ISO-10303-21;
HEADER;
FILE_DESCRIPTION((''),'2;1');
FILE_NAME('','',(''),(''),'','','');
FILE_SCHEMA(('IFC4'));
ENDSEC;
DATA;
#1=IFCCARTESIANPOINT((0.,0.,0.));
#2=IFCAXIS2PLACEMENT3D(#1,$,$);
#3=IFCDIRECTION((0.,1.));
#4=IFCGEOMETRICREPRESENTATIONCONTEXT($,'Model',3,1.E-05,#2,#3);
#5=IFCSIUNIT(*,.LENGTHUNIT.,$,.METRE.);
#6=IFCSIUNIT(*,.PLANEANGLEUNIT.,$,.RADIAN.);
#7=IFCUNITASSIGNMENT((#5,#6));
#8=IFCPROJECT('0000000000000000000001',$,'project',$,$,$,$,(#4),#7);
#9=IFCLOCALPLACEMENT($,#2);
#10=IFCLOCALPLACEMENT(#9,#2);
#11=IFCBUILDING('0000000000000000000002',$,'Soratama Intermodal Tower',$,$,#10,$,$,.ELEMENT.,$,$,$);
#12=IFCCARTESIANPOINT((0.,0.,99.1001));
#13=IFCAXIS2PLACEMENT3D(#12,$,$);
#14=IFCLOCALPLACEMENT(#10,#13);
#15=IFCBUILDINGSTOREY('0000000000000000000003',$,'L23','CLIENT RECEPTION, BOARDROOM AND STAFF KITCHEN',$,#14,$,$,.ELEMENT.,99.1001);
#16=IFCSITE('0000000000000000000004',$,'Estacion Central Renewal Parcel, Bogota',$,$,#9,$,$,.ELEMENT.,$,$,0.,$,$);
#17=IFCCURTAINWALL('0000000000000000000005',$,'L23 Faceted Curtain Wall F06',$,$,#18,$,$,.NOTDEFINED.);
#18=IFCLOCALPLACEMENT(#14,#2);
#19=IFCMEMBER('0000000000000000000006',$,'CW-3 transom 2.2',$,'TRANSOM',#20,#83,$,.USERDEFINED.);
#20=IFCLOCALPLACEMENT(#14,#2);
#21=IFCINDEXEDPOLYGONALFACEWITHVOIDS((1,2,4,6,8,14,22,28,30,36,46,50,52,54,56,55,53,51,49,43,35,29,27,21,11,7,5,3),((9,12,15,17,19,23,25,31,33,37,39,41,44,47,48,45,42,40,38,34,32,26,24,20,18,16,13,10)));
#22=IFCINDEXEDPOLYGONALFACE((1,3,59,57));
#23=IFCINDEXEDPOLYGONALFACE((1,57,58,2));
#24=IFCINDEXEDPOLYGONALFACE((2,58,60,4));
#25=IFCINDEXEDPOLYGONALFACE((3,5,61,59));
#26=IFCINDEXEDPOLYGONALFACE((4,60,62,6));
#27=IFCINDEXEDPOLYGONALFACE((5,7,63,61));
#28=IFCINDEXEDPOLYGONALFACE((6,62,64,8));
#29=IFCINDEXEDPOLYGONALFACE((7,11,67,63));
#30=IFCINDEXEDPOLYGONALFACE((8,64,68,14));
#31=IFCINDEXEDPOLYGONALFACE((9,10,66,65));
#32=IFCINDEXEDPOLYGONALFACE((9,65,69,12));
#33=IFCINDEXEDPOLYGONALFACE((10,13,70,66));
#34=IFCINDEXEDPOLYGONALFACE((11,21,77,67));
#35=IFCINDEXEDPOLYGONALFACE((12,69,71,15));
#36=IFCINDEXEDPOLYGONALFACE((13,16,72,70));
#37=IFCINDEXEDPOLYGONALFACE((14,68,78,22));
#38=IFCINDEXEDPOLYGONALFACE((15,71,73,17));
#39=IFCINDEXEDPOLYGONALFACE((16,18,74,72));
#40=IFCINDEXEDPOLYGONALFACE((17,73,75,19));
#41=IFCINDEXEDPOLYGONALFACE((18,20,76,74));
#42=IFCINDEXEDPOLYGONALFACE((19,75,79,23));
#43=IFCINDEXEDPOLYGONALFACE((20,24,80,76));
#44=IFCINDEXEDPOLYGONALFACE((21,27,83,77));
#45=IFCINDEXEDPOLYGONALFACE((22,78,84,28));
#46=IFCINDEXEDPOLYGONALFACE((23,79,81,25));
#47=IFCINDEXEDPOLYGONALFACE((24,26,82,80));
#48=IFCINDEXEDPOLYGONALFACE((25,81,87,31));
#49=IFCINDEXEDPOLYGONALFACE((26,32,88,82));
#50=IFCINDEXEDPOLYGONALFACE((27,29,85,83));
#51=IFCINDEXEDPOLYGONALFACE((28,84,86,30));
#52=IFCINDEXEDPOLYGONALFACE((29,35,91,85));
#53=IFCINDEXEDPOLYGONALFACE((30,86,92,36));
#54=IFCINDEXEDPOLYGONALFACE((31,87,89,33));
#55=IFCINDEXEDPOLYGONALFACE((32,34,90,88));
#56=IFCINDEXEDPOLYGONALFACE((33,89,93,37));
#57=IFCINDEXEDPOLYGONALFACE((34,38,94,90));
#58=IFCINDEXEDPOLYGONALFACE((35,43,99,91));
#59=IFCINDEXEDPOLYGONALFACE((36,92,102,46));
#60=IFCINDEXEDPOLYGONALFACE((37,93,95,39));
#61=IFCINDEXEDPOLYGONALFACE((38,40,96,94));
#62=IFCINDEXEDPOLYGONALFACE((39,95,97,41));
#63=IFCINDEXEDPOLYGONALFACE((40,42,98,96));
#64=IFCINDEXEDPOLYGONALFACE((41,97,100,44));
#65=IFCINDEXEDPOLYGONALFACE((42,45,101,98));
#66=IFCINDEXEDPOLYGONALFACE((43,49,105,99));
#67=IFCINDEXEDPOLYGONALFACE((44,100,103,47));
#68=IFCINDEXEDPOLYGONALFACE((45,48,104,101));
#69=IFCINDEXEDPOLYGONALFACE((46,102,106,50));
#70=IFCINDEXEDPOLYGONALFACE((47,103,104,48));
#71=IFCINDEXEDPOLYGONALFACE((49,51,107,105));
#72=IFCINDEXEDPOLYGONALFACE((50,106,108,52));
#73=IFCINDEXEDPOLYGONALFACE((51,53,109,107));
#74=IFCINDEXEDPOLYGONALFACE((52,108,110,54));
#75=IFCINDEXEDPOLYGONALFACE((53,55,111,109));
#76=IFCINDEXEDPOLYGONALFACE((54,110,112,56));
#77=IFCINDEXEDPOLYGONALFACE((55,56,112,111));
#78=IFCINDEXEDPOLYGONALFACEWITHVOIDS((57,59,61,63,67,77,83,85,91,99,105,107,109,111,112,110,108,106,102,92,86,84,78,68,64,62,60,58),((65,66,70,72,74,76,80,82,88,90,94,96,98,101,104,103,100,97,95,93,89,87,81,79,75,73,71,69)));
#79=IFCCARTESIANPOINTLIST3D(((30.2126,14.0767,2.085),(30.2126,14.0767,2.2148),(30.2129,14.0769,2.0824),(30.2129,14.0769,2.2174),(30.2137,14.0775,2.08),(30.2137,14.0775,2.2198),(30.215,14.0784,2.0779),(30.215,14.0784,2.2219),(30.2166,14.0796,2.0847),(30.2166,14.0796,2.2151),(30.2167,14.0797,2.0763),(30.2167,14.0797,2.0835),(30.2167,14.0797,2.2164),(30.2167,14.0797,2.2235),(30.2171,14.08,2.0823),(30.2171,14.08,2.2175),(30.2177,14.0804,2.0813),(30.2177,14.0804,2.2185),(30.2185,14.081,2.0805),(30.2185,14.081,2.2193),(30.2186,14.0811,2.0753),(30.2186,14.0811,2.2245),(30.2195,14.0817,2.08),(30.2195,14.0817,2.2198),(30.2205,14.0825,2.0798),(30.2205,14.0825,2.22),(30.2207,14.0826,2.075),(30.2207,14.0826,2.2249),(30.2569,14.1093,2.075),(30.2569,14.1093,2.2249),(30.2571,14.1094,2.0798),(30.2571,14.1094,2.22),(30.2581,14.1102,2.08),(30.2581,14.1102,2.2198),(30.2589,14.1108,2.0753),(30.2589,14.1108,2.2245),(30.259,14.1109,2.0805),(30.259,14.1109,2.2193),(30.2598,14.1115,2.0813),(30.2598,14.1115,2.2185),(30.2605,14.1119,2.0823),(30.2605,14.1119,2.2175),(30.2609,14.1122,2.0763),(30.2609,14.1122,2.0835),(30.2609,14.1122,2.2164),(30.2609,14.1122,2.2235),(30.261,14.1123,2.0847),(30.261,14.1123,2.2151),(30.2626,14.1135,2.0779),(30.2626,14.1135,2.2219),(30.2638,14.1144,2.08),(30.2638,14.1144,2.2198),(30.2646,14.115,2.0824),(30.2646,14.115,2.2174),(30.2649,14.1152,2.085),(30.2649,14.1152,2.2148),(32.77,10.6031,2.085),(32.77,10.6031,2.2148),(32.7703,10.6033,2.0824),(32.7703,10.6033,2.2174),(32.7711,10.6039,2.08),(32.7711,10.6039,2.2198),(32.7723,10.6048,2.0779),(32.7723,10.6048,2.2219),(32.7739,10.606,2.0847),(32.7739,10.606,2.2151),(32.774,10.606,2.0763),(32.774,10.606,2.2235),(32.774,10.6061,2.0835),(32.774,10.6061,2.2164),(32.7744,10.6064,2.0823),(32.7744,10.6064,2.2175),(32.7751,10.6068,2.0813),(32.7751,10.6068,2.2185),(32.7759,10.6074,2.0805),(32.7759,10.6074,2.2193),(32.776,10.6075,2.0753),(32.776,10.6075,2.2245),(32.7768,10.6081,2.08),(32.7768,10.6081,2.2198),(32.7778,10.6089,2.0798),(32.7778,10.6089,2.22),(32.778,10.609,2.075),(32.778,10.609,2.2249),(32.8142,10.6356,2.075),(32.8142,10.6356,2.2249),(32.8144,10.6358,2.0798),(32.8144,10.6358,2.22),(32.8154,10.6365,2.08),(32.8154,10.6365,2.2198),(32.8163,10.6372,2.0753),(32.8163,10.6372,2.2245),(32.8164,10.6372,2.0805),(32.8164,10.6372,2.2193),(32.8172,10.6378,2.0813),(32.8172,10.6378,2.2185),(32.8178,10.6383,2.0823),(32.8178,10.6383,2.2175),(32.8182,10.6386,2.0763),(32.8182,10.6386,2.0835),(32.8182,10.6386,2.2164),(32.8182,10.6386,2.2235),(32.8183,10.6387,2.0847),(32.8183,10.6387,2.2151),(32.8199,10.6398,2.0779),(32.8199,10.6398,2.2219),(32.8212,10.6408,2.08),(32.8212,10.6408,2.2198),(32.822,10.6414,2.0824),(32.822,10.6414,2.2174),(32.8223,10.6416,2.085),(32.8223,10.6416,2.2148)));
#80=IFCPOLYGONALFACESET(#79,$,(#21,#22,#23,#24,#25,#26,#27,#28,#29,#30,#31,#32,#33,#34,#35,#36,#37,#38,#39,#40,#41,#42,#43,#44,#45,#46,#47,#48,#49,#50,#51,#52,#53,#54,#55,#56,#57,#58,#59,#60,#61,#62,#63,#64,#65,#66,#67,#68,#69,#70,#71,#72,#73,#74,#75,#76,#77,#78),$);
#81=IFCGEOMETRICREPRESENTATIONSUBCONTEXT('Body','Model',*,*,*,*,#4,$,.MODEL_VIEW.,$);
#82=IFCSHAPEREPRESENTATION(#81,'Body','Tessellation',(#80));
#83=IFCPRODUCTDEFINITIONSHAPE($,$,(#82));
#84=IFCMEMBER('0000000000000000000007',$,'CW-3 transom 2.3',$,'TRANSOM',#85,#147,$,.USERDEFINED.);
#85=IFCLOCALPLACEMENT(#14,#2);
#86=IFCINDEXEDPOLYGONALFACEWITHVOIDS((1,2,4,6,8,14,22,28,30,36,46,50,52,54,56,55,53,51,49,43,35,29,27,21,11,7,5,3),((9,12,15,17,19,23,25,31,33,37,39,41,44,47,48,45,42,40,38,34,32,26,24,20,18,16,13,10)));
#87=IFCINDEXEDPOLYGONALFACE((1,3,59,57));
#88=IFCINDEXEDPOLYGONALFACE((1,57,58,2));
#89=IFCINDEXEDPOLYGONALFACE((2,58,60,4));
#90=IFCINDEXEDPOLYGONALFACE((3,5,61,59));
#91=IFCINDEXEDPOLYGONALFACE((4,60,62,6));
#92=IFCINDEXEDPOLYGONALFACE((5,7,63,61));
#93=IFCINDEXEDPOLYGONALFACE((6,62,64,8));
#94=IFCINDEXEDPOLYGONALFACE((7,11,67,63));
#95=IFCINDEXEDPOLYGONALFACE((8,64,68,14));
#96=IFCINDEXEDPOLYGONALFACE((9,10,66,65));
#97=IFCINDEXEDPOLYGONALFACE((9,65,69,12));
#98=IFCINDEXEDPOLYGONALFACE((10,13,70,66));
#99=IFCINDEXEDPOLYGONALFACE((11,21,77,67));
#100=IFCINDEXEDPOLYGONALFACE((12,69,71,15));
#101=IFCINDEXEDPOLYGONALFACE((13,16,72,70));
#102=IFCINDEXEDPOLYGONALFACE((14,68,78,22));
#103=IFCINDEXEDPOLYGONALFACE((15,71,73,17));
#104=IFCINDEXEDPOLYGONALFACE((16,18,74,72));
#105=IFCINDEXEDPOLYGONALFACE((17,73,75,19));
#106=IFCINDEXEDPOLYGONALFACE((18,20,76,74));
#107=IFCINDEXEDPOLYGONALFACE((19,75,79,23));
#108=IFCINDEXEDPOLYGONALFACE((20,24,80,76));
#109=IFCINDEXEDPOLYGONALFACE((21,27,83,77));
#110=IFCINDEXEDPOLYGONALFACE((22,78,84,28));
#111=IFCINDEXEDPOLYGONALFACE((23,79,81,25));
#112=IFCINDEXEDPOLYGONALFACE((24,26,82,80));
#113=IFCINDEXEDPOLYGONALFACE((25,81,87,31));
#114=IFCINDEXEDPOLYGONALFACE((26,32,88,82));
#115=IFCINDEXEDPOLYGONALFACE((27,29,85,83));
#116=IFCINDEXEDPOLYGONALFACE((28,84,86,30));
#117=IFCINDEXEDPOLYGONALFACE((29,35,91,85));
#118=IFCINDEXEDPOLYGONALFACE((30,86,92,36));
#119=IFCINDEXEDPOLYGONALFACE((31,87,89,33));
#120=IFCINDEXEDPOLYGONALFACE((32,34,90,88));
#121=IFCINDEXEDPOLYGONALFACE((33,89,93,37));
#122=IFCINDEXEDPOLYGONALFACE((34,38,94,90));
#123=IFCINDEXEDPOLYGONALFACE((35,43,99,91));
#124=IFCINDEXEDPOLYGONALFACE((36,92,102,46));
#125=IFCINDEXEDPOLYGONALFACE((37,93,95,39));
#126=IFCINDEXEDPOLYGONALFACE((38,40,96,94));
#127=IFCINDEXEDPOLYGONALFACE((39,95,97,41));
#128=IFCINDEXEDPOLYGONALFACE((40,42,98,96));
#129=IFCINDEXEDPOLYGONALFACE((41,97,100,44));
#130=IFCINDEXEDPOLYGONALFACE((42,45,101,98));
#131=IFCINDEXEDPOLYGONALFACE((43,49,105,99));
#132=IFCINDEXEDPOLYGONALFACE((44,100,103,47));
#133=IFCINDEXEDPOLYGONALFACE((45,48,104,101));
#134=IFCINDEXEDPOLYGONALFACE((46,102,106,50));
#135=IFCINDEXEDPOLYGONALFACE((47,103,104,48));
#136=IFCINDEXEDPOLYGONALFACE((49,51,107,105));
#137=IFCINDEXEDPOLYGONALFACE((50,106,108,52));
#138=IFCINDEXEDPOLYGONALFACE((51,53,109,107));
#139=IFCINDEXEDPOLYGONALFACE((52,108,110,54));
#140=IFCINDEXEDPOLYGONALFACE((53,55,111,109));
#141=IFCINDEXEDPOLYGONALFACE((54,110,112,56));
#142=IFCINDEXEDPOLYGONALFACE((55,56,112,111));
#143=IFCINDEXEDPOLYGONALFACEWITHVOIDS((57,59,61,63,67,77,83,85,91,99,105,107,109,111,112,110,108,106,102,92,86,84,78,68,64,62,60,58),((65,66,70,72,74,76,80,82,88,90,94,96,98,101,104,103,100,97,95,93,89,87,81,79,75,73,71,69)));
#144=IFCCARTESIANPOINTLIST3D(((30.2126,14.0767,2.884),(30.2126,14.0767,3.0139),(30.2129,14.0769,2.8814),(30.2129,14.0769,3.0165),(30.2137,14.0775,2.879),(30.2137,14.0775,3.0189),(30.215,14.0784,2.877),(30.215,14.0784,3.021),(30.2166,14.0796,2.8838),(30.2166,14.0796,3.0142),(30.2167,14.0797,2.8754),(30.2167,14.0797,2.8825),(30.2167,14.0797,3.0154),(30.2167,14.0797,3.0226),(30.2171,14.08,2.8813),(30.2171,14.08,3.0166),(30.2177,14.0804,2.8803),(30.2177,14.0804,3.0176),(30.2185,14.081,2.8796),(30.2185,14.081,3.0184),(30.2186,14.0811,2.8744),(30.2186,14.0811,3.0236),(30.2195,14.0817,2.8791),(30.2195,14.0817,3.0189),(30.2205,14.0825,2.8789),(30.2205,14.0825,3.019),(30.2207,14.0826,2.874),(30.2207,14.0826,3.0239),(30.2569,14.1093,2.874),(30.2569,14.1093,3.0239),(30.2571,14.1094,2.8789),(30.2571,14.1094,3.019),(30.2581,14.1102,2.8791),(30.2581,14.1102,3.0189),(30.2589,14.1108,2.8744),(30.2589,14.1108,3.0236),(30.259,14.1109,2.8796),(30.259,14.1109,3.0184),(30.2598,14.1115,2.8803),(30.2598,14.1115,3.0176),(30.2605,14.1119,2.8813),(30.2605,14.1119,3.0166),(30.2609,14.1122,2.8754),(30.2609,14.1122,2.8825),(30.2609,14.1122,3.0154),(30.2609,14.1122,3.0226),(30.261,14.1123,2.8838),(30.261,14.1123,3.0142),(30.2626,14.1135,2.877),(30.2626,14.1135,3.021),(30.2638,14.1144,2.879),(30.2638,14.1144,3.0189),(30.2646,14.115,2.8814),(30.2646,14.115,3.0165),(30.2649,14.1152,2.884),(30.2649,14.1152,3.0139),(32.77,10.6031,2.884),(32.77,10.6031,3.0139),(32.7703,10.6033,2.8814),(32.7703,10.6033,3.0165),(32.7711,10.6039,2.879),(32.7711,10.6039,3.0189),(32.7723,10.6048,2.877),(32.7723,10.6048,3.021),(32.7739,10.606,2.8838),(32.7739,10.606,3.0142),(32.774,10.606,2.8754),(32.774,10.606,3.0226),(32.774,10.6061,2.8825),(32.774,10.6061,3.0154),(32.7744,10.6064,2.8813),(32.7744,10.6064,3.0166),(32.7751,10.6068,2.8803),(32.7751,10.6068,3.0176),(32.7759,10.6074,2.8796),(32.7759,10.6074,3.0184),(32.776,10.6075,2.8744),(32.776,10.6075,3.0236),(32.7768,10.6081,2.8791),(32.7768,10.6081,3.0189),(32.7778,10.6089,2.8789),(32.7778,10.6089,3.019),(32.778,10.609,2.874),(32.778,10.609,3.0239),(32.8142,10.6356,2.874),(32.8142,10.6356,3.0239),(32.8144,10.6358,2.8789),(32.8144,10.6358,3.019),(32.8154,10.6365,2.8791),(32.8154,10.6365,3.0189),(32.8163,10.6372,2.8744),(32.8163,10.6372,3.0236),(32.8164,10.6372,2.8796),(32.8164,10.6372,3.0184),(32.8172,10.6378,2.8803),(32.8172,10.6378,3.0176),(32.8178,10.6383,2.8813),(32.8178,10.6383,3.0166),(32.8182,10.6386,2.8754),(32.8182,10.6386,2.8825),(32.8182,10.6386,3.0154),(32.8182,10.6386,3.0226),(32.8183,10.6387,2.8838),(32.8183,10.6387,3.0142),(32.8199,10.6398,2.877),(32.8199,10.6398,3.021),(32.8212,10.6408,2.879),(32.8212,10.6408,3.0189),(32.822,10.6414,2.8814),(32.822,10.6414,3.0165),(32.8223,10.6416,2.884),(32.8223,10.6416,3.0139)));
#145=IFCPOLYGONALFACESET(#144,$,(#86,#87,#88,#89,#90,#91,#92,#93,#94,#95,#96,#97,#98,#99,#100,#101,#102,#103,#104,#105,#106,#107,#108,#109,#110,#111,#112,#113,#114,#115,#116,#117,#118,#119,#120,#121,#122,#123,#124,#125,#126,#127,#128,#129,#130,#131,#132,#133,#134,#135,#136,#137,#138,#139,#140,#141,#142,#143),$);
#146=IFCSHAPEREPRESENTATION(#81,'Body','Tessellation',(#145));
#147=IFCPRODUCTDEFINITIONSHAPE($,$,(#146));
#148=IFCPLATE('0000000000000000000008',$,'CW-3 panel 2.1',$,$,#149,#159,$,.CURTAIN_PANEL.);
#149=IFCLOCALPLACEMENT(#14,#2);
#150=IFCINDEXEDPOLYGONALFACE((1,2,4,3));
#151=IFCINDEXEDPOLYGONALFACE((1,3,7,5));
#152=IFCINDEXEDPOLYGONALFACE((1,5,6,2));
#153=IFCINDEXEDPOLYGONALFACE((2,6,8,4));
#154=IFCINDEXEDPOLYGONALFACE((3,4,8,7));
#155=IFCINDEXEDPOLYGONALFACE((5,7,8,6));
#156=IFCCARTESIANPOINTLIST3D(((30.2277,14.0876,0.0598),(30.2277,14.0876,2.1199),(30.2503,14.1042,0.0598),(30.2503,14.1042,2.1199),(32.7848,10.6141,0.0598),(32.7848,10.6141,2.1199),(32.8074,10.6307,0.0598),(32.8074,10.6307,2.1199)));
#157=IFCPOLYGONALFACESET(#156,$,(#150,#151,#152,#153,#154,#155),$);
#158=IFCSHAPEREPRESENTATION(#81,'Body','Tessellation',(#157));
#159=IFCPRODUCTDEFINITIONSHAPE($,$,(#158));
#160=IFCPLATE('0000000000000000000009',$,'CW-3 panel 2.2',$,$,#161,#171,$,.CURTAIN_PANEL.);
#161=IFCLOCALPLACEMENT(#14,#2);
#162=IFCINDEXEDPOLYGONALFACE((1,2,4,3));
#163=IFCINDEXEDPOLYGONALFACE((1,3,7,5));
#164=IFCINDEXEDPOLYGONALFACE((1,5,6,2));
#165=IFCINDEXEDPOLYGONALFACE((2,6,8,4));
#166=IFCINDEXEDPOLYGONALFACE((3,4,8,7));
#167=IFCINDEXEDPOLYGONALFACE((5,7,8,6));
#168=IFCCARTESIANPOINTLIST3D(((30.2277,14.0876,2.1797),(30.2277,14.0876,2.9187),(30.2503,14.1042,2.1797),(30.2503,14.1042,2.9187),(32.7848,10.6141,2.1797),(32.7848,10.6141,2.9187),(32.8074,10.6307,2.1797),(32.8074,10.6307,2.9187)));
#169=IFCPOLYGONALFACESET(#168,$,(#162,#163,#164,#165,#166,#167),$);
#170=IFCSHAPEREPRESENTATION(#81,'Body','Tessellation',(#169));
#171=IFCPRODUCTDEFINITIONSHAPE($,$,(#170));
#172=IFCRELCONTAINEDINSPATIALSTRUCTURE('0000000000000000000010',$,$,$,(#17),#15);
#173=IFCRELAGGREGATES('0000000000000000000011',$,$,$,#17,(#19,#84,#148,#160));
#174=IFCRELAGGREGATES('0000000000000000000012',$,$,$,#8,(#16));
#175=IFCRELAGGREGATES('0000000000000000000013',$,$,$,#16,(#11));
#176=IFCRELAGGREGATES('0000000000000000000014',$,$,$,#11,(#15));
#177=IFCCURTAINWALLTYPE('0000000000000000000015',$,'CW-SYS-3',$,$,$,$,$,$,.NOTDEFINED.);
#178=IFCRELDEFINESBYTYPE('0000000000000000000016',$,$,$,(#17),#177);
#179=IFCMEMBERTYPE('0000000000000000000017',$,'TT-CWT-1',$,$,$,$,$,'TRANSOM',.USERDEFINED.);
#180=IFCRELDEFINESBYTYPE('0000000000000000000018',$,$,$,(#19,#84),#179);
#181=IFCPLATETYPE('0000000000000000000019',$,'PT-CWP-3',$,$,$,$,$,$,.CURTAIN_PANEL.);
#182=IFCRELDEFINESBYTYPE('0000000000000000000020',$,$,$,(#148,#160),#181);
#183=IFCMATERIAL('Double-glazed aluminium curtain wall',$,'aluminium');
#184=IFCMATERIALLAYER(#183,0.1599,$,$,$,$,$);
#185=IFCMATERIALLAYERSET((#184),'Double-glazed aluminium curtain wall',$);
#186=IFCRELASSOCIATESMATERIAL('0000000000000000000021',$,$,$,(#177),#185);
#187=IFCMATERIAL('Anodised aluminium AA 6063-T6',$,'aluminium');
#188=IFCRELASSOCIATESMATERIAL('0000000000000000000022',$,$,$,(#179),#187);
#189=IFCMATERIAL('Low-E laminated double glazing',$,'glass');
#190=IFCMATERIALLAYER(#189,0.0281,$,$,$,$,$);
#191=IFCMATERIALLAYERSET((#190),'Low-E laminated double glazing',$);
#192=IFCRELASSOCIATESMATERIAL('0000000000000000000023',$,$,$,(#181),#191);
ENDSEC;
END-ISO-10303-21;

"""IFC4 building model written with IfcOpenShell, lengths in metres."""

from ifc_helpers import new_model, si_unit, direction, frame, origin, origin_2d, place, context, subcontext, project, spatial, rectangle, hollow_rectangle, extrude, material, layer, layer_set, material_profile, profile_set, type_object, element, aggregate, save


model = new_model("IFC4")

# Units and contexts
model_context = context("Model", 3, precision=1e-05, world=origin(), true_north=direction((0.0, 1.0)))
body_context = subcontext(model_context, "Body", "Model", "MODEL_VIEW")
ifc_project = project(units=[si_unit("LENGTHUNIT", "METRE"), si_unit("PLANEANGLEUNIT", "RADIAN")], contexts=[model_context])

# Site, building, storey
site_placement = place(None, origin())
site = spatial("IfcSite", under=ifc_project, at=site_placement, Name="Estacion Central Renewal Parcel, Bogota", CompositionType="ELEMENT", RefElevation=0.0)
building_placement = place(site_placement, origin())
building = spatial("IfcBuilding", under=site, at=building_placement, Name="Soratama Intermodal Tower", CompositionType="ELEMENT")
storey_placement = place(building_placement, frame((0.0, 0.0, 99.1001)))
storey = spatial("IfcBuildingStorey", under=building, at=storey_placement, Name="L23", Description="CLIENT RECEPTION, BOARDROOM AND STAFF KITCHEN", CompositionType="ELEMENT", Elevation=99.1001)

# Curtain wall, members, plates
ifc_material_1 = material(Name="Double-glazed aluminium curtain wall", Category="aluminium")
ifc_layer_1 = layer(ifc_material_1, 0.1599)
ifc_layer_set_1 = layer_set([ifc_layer_1], Name="Double-glazed aluminium curtain wall")
curtain_wall_type = type_object("IfcCurtainWallType", Name="CW-SYS-3", PredefinedType="NOTDEFINED", material=ifc_layer_set_1)
curtain_wall_placement = place(storey_placement, origin())
curtain_wall = element("IfcCurtainWall", 1, at=curtain_wall_placement, inside=storey, type_object=curtain_wall_type, Name="L23 Faceted Curtain Wall F06", PredefinedType="NOTDEFINED")
ifc_material_2 = material(Name="Anodised aluminium AA 6063-T6", Category="aluminium")
ifc_material_profile_1 = material_profile(ifc_material_2, hollow_rectangle(XDim=0.0649, YDim=0.1499, WallThickness=0.0049, InnerFilletRadius=0.0049, OuterFilletRadius=0.01, at=origin_2d()), Name="CWT150X65X5")
ifc_profile_set_1 = profile_set([ifc_material_profile_1], Name="Anodised aluminium AA 6063-T6")
member_type_1 = type_object("IfcMemberType", Name="TT-CWT-1", ElementType="TRANSOM", PredefinedType="USERDEFINED", material=ifc_profile_set_1)
member_1_placement = place(storey_placement, frame((30.2388, 14.0959, 2.1499), z_axis=(0.592877, -0.805293, 0.0), x_axis=(0.805293, 0.592877, 0.0)))
member_1 = element("IfcMember", 2, at=member_1_placement, type_object=member_type_1, Name="CW-3 transom 2.2", ObjectType="TRANSOM", PredefinedType="USERDEFINED", context=body_context, shape_type="SweptSolid", body=[
    extrude(hollow_rectangle(XDim=0.0649, YDim=0.1499, WallThickness=0.0049, InnerFilletRadius=0.0049, OuterFilletRadius=0.01, at=origin_2d()), origin(), (0.0, 0.0, 1.0), 4.3135),
])
member_2_placement = place(storey_placement, frame((30.2388, 14.0959, 2.949), z_axis=(0.592877, -0.805293, 0.0), x_axis=(0.805293, 0.592877, 0.0)))
member_2 = element("IfcMember", 3, at=member_2_placement, type_object=member_type_1, Name="CW-3 transom 2.3", ObjectType="TRANSOM", PredefinedType="USERDEFINED", context=body_context, shape_type="SweptSolid", body=[
    extrude(hollow_rectangle(XDim=0.0649, YDim=0.1499, WallThickness=0.0049, InnerFilletRadius=0.0049, OuterFilletRadius=0.01, at=origin_2d()), origin(), (0.0, 0.0, 1.0), 4.3135),
])
ifc_material_3 = material(Name="Low-E laminated double glazing", Category="glass")
ifc_layer_2 = layer(ifc_material_3, 0.0281)
ifc_layer_set_2 = layer_set([ifc_layer_2], Name="Low-E laminated double glazing")
plate_type = type_object("IfcPlateType", Name="PT-CWP-3", PredefinedType="CURTAIN_PANEL", material=ifc_layer_set_2)
plate_1_placement = place(storey_placement, frame((31.5176, 12.3591, 0.0598), z_axis=(0.0, 0.0, 1.0), x_axis=(0.592854, -0.80531, 0.0)))
plate_1 = element("IfcPlate", 4, at=plate_1_placement, type_object=plate_type, Name="CW-3 panel 2.1", PredefinedType="CURTAIN_PANEL", context=body_context, shape_type="SweptSolid", body=[
    extrude(rectangle(XDim=4.3132, YDim=0.0281, at=origin_2d()), origin(), (0.0, 0.0, 1.0), 2.0601),
])
plate_2_placement = place(storey_placement, frame((31.5176, 12.3591, 2.1797), z_axis=(0.0, 0.0, 1.0), x_axis=(0.592854, -0.80531, 0.0)))
plate_2 = element("IfcPlate", 5, at=plate_2_placement, type_object=plate_type, Name="CW-3 panel 2.2", PredefinedType="CURTAIN_PANEL", context=body_context, shape_type="SweptSolid", body=[
    extrude(rectangle(XDim=4.3132, YDim=0.0281, at=origin_2d()), origin(), (0.0, 0.0, 1.0), 0.739),
])
aggregate(curtain_wall, [member_1, member_2, plate_1, plate_2])

save(model, "model.ifc")
